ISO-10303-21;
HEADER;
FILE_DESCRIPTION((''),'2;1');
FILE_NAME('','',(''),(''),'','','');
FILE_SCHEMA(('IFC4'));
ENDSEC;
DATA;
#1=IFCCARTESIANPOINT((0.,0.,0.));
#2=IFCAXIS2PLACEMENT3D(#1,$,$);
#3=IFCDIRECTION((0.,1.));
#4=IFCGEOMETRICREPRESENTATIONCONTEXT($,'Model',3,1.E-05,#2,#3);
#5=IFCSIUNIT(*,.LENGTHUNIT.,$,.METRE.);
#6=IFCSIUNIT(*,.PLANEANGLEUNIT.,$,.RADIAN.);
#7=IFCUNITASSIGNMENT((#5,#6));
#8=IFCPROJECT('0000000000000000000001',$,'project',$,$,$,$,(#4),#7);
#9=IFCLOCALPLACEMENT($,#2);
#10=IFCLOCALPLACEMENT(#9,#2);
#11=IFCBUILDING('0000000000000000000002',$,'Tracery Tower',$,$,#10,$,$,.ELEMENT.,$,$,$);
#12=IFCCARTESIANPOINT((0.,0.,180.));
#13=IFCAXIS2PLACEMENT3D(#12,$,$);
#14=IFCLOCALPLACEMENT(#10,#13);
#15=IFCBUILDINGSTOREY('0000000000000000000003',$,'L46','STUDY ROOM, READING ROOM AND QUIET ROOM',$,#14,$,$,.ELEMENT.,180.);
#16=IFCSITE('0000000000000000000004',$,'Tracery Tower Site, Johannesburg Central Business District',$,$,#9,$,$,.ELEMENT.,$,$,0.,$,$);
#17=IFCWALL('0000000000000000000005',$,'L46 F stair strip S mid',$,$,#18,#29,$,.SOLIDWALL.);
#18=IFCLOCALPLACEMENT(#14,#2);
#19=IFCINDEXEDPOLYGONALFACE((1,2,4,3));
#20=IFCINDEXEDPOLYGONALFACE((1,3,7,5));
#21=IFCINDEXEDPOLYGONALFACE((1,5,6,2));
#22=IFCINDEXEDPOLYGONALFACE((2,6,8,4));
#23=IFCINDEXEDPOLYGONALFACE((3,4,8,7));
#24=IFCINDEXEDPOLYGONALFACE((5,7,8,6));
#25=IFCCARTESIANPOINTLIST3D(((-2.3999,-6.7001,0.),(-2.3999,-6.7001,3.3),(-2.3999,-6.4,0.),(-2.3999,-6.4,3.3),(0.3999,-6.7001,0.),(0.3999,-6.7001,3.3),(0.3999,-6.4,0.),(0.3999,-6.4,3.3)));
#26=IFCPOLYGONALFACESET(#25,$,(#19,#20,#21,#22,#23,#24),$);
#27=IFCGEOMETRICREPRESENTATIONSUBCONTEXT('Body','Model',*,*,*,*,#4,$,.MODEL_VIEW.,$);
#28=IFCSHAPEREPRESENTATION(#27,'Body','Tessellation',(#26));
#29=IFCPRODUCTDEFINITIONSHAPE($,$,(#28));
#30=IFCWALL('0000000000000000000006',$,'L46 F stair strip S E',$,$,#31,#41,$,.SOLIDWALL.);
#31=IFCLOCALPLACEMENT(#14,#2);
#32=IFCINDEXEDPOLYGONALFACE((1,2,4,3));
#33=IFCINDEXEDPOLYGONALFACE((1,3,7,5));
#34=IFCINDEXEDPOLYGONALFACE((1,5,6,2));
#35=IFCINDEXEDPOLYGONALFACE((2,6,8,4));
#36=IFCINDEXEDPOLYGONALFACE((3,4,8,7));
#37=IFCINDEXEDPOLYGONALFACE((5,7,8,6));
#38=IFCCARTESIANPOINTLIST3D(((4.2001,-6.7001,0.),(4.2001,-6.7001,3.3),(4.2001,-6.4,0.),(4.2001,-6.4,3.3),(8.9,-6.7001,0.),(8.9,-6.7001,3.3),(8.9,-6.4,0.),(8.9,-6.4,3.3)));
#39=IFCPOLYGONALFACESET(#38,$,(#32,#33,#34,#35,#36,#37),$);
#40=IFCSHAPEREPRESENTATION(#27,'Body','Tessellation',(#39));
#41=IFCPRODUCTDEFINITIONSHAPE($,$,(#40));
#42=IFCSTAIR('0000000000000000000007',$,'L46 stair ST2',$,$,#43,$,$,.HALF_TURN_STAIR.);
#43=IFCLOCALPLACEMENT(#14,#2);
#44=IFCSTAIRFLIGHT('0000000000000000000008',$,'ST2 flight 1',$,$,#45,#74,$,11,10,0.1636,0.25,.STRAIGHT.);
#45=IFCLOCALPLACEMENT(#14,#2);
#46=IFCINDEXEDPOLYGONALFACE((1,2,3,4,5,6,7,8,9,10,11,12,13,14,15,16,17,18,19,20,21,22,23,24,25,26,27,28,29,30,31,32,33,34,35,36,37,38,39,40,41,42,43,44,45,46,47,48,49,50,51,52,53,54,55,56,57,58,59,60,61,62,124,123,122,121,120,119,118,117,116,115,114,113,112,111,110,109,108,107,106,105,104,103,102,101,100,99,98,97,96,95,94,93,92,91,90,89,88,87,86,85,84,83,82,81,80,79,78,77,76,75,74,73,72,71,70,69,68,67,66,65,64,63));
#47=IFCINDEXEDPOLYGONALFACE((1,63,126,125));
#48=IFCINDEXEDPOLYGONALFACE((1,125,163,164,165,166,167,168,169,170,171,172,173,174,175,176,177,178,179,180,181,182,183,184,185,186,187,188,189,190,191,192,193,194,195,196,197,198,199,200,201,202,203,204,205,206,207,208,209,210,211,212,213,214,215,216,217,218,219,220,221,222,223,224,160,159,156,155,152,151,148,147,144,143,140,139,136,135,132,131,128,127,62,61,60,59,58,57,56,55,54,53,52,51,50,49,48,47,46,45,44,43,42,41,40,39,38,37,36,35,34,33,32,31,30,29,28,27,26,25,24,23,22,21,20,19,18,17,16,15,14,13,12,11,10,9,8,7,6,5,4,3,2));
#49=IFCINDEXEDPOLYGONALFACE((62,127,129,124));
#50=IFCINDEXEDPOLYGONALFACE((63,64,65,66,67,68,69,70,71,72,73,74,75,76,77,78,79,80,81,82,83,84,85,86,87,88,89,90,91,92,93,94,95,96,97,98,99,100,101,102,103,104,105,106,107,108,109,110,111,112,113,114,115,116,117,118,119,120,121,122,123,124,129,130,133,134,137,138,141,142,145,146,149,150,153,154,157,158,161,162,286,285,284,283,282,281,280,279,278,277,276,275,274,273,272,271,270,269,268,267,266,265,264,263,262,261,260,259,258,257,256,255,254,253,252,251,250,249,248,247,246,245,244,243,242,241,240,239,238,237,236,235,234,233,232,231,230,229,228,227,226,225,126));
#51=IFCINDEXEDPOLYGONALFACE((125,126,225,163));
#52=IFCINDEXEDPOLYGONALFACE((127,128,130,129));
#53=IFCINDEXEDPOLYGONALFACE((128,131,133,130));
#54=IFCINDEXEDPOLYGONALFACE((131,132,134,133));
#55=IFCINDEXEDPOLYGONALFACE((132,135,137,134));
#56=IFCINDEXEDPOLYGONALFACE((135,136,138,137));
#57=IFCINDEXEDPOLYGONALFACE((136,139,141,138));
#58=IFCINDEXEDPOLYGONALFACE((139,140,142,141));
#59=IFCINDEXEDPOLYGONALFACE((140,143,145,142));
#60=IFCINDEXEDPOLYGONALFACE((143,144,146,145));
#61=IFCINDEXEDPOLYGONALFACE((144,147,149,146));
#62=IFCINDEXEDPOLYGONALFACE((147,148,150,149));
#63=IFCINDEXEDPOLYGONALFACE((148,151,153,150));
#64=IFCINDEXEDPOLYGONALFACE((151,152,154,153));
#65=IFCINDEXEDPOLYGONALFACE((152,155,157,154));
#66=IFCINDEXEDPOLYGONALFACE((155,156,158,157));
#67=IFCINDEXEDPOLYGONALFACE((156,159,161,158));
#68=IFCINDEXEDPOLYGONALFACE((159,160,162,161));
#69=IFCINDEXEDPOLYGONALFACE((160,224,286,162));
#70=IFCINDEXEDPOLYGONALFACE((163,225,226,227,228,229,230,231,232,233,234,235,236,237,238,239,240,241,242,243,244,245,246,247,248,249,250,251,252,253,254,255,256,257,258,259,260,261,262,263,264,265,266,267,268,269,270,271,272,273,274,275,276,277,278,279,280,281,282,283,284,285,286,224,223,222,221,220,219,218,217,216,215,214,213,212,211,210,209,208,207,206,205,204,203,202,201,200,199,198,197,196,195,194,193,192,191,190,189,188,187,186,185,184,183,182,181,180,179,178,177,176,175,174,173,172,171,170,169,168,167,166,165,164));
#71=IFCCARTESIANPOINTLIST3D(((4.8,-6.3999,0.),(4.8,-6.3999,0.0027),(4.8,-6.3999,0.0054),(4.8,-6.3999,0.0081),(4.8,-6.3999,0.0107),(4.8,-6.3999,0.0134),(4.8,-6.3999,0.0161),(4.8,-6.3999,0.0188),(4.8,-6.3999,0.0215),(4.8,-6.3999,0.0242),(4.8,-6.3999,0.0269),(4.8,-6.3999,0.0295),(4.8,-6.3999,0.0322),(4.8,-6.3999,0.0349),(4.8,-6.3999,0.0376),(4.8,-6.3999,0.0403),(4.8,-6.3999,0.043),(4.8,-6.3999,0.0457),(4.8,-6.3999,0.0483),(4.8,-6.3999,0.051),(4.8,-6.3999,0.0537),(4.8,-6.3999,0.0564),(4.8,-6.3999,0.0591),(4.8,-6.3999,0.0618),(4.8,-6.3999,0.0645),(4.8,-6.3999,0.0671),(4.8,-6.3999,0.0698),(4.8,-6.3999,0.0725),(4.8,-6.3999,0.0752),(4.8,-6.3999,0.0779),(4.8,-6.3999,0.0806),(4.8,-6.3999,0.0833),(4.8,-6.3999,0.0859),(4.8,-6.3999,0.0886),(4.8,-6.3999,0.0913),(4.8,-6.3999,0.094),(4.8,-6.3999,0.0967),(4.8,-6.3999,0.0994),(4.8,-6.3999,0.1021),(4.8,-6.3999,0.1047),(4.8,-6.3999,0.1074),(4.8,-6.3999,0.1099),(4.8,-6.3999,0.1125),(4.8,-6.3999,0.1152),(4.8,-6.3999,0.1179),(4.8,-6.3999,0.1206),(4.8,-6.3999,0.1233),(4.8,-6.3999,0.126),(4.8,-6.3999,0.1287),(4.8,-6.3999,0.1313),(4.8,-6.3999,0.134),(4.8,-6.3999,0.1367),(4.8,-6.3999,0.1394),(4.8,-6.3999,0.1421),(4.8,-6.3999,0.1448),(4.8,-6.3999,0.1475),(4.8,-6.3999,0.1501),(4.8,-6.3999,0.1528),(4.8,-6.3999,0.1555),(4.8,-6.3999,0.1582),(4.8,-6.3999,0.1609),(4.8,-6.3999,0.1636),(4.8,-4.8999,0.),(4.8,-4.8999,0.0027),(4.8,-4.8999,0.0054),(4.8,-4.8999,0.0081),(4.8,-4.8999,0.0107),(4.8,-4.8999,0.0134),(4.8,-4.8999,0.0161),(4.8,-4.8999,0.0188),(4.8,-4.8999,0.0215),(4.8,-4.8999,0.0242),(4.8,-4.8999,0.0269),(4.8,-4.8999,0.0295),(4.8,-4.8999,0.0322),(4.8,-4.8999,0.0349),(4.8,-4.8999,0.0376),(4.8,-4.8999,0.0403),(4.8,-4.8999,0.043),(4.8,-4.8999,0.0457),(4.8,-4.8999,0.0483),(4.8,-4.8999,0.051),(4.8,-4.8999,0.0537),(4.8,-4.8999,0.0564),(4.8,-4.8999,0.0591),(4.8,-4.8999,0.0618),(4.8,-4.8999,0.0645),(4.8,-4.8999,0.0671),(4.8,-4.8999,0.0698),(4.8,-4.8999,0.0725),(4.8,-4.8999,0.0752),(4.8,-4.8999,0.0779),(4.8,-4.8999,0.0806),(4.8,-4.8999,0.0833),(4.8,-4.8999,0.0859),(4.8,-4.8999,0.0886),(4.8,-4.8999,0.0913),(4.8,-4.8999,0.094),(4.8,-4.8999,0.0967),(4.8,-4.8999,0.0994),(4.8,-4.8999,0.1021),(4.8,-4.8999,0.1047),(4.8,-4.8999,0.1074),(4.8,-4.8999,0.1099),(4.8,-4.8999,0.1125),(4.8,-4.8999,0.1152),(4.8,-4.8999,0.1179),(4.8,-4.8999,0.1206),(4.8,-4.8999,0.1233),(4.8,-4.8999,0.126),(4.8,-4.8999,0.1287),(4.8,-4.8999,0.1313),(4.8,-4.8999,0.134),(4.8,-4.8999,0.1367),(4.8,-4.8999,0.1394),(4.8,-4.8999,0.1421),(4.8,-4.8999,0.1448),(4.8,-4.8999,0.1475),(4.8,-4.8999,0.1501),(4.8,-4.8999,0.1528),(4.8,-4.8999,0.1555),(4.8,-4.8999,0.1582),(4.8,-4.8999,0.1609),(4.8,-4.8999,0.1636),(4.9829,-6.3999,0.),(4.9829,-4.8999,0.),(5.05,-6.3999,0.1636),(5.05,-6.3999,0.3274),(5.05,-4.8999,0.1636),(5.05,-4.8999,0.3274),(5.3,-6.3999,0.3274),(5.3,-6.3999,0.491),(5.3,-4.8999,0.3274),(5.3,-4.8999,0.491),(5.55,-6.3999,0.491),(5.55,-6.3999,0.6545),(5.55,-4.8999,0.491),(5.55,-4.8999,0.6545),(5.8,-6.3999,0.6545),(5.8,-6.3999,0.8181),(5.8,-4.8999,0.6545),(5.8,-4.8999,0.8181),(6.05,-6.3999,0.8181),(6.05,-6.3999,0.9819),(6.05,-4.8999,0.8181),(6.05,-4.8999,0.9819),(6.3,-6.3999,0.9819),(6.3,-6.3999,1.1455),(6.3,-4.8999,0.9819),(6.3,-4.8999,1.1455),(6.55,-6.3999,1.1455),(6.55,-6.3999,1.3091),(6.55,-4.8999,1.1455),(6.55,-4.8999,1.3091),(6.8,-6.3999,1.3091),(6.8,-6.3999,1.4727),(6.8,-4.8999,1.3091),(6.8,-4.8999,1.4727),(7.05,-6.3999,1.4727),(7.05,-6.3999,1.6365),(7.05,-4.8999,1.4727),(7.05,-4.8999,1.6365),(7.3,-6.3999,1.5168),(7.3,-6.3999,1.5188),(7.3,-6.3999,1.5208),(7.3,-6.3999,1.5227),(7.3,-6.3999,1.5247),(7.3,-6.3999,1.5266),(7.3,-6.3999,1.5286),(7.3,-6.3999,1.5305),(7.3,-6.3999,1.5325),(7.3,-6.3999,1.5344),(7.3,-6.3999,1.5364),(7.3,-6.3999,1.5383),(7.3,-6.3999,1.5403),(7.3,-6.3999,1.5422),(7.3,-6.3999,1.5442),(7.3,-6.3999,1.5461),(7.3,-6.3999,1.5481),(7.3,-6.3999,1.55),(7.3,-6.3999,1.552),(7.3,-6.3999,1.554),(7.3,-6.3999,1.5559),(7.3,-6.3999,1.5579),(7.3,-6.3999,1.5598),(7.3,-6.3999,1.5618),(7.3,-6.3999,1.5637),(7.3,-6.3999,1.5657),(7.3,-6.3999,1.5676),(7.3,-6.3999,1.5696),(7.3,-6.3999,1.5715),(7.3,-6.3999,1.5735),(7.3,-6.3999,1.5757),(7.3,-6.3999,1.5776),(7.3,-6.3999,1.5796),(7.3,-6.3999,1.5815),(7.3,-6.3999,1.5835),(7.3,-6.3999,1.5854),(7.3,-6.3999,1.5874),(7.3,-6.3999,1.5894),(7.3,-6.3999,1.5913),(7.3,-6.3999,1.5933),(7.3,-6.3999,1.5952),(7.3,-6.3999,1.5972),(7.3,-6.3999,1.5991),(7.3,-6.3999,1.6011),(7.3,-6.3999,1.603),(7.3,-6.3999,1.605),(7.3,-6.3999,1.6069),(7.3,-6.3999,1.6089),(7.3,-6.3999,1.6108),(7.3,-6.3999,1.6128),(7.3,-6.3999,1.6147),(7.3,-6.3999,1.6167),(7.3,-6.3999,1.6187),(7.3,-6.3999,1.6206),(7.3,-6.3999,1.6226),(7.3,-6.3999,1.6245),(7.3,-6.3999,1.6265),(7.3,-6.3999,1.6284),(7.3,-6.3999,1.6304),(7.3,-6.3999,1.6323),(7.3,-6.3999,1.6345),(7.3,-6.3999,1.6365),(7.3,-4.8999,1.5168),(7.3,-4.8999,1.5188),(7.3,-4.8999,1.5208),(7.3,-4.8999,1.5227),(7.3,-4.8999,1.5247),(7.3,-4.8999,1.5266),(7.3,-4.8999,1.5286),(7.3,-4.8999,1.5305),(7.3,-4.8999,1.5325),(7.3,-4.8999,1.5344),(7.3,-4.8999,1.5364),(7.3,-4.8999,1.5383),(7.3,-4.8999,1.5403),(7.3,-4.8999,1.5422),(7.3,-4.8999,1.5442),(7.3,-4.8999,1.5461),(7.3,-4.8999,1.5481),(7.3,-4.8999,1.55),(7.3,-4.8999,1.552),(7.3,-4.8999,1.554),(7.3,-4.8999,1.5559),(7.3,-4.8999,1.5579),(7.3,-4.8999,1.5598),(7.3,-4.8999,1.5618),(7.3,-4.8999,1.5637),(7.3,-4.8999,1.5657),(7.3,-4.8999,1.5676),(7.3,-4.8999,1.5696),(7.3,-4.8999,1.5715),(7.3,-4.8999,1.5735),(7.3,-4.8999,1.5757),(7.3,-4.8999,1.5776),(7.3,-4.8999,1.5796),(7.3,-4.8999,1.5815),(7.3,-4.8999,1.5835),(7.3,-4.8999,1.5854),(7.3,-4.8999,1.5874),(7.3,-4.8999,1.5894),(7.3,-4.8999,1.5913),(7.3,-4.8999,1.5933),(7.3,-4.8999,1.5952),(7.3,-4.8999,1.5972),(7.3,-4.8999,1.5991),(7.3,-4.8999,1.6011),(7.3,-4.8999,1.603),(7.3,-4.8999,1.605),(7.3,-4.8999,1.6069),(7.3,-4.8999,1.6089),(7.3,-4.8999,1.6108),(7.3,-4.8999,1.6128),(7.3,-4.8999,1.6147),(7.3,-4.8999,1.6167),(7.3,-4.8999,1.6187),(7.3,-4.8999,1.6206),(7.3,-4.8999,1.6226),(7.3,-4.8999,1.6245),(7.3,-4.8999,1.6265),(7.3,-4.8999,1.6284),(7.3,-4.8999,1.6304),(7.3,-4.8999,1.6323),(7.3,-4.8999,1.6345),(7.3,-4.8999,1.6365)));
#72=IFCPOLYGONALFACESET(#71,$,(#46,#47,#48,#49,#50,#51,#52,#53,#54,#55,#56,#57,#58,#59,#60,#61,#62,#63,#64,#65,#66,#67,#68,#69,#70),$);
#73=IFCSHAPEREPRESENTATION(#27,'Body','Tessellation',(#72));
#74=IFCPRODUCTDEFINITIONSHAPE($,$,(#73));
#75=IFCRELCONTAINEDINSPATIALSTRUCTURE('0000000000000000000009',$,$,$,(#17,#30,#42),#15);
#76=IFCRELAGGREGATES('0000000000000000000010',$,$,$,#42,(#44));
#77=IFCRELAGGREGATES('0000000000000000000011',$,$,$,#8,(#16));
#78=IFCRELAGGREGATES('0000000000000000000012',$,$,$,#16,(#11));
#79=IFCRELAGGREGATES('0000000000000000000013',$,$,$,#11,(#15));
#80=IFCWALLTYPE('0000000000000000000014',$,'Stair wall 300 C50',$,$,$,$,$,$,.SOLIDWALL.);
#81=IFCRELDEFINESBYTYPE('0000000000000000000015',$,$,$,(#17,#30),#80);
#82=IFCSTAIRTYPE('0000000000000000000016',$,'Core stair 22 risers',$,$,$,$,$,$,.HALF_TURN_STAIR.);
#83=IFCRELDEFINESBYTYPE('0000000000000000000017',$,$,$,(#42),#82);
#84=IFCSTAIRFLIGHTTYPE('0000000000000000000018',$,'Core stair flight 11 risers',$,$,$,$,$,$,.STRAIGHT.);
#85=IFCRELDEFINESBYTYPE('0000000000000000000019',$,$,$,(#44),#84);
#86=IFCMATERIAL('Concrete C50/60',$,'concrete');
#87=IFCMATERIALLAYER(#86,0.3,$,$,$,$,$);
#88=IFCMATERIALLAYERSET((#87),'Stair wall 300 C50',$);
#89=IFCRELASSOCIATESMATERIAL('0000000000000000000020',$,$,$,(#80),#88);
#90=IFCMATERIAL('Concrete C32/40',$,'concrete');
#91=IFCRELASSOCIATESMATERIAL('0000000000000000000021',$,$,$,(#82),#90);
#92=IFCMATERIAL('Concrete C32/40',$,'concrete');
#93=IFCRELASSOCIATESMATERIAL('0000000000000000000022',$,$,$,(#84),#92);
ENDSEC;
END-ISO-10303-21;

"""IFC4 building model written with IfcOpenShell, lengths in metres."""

from ifc_helpers import new_model, si_unit, direction, frame, frame_2d, origin, place, context, subcontext, project, spatial, polyline, rectangle, outline, extrude, material, layer, layer_set, type_object, element, aggregate, save


model = new_model("IFC4")

# Units and contexts
model_context = context("Model", 3, precision=1e-05, world=origin(), true_north=direction((0.0, 1.0)))
body_context = subcontext(model_context, "Body", "Model", "MODEL_VIEW")
ifc_project = project(units=[si_unit("LENGTHUNIT", "METRE"), si_unit("PLANEANGLEUNIT", "RADIAN")], contexts=[model_context])

# Site, building, storey
site_placement = place(None, origin())
site = spatial("IfcSite", under=ifc_project, at=site_placement, Name="Tracery Tower Site, Johannesburg Central Business District", CompositionType="ELEMENT", RefElevation=0.0)
building_placement = place(site_placement, origin())
building = spatial("IfcBuilding", under=site, at=building_placement, Name="Tracery Tower", CompositionType="ELEMENT")
storey_placement = place(building_placement, frame((0.0, 0.0, 180.0)))
storey = spatial("IfcBuildingStorey", under=building, at=storey_placement, Name="L46", Description="STUDY ROOM, READING ROOM AND QUIET ROOM", CompositionType="ELEMENT", Elevation=180.0)

# Shared definitions
ifc_material_1 = material(Name="Concrete C50/60", Category="concrete")
ifc_layer_1 = layer(ifc_material_1, 0.3)
ifc_layer_set_1 = layer_set([ifc_layer_1], Name="Stair wall 300 C50")
wall_type_1 = type_object("IfcWallType", Name="Stair wall 300 C50", PredefinedType="SOLIDWALL", material=ifc_layer_set_1)

# Walls
wall_1_placement = place(storey_placement, frame((-2.3999, -6.55, 0.0), z_axis=(0.0, 0.0, 1.0), x_axis=(1.0, 0.0, 0.0)))
element("IfcWall", 1, at=wall_1_placement, inside=storey, type_object=wall_type_1, Name="L46 F stair strip S mid", PredefinedType="SOLIDWALL", context=body_context, shape_type="SweptSolid", body=[
    extrude(rectangle(XDim=2.7998, YDim=0.3, at=frame_2d((1.3999, 0.0))), origin(), (0.0, 0.0, 1.0), 3.3),
])
wall_2_placement = place(storey_placement, frame((4.2, -6.55, 0.0), z_axis=(0.0, 0.0, 1.0), x_axis=(1.0, 0.0, 0.0)))
element("IfcWall", 2, at=wall_2_placement, inside=storey, type_object=wall_type_1, Name="L46 F stair strip S E", PredefinedType="SOLIDWALL", context=body_context, shape_type="SweptSolid", body=[
    extrude(rectangle(XDim=4.7, YDim=0.3, at=frame_2d((2.3501, 0.0))), origin(), (0.0, 0.0, 1.0), 3.3),
])

# Stair, stair flight
ifc_material_2 = material(Name="Concrete C32/40", Category="concrete")
stair_type = type_object("IfcStairType", Name="Core stair 22 risers", PredefinedType="HALF_TURN_STAIR", material=ifc_material_2)
stair_placement = place(storey_placement, origin())
stair = element("IfcStair", 3, at=stair_placement, inside=storey, type_object=stair_type, Name="L46 stair ST2", PredefinedType="HALF_TURN_STAIR")
ifc_material_3 = material(Name="Concrete C32/40", Category="concrete")
stair_flight_type = type_object("IfcStairFlightType", Name="Core stair flight 11 risers", PredefinedType="STRAIGHT", material=ifc_material_3)
stair_flight_1_placement = place(storey_placement, frame((4.8, -5.6499, 0.0), z_axis=(0.0, 0.0, 1.0), x_axis=(1.0, 0.0, 0.0)))
stair_flight_1 = element("IfcStairFlight", 4, at=stair_flight_1_placement, type_object=stair_flight_type, Name="ST2 flight 1", NumberOfRisers=11, NumberOfTreads=10, PredefinedType="STRAIGHT", RiserHeight=0.1636, TreadLength=0.25, context=body_context, shape_type="SweptSolid", body=[
    extrude(outline(polyline([(0.0, 0.0), (0.0, 0.0027), (0.0, 0.0054), (0.0, 0.0081), (0.0, 0.0107), (0.0, 0.0134), (0.0, 0.0161), (0.0, 0.0188), (0.0, 0.0215), (0.0, 0.0242), (0.0, 0.0269), (0.0, 0.0295), (0.0, 0.0322), (0.0, 0.0349), (0.0, 0.0376), (0.0, 0.0403), (0.0, 0.043), (0.0, 0.0457), (0.0, 0.0483), (0.0, 0.051), (0.0, 0.0537), (0.0, 0.0564), (0.0, 0.0591), (0.0, 0.0618), (0.0, 0.0645), (0.0, 0.0671), (0.0, 0.0698), (0.0, 0.0725), (0.0, 0.0752), (0.0, 0.0779), (0.0, 0.0806), (0.0, 0.0833), (0.0, 0.0859), (0.0, 0.0886), (0.0, 0.0913), (0.0, 0.094), (0.0, 0.0967), (0.0, 0.0994), (0.0, 0.1021), (0.0, 0.1047), (0.0, 0.1074), (0.0, 0.1099), (0.0, 0.1125), (0.0, 0.1152), (0.0, 0.1179), (0.0, 0.1206), (0.0, 0.1233), (0.0, 0.126), (0.0, 0.1287), (0.0, 0.1313), (0.0, 0.134), (0.0, 0.1367), (0.0, 0.1394), (0.0, 0.1421), (0.0, 0.1448), (0.0, 0.1475), (0.0, 0.1501), (0.0, 0.1528), (0.0, 0.1555), (0.0, 0.1582), (0.0, 0.1609), (0.0, 0.1636), (0.25, 0.1636), (0.25, 0.3274), (0.5, 0.3274), (0.5, 0.491), (0.75, 0.491), (0.75, 0.6545), (1.0, 0.6545), (1.0, 0.8181), (1.25, 0.8181), (1.25, 0.9819), (1.5, 0.9819), (1.5, 1.1455), (1.75, 1.1455), (1.75, 1.3091), (2.0, 1.3091), (2.0, 1.4727), (2.25, 1.4727), (2.25, 1.6365), (2.5, 1.6365), (2.5, 1.6345), (2.5, 1.6323), (2.5, 1.6304), (2.5, 1.6284), (2.5, 1.6265), (2.5, 1.6245), (2.5, 1.6226), (2.5, 1.6206), (2.5, 1.6187), (2.5, 1.6167), (2.5, 1.6147), (2.5, 1.6128), (2.5, 1.6108), (2.5, 1.6089), (2.5, 1.6069), (2.5, 1.605), (2.5, 1.603), (2.5, 1.6011), (2.5, 1.5991), (2.5, 1.5972), (2.5, 1.5952), (2.5, 1.5933), (2.5, 1.5913), (2.5, 1.5894), (2.5, 1.5874), (2.5, 1.5854), (2.5, 1.5835), (2.5, 1.5815), (2.5, 1.5796), (2.5, 1.5776), (2.5, 1.5757), (2.5, 1.5735), (2.5, 1.5715), (2.5, 1.5696), (2.5, 1.5676), (2.5, 1.5657), (2.5, 1.5637), (2.5, 1.5618), (2.5, 1.5598), (2.5, 1.5579), (2.5, 1.5559), (2.5, 1.554), (2.5, 1.552), (2.5, 1.55), (2.5, 1.5481), (2.5, 1.5461), (2.5, 1.5442), (2.5, 1.5422), (2.5, 1.5403), (2.5, 1.5383), (2.5, 1.5364), (2.5, 1.5344), (2.5, 1.5325), (2.5, 1.5305), (2.5, 1.5286), (2.5, 1.5266), (2.5, 1.5247), (2.5, 1.5227), (2.5, 1.5208), (2.5, 1.5188), (2.5, 1.5168), (0.1829, 0.0), (0.0, 0.0)])), frame((0.0, 0.75, 0.0), z_axis=(0.0, -1.0, 0.0), x_axis=(1.0, 0.0, 0.0)), (0.0, 0.0, 1.0), 1.5),
])
aggregate(stair, [stair_flight_1])

save(model, "model.ifc")
